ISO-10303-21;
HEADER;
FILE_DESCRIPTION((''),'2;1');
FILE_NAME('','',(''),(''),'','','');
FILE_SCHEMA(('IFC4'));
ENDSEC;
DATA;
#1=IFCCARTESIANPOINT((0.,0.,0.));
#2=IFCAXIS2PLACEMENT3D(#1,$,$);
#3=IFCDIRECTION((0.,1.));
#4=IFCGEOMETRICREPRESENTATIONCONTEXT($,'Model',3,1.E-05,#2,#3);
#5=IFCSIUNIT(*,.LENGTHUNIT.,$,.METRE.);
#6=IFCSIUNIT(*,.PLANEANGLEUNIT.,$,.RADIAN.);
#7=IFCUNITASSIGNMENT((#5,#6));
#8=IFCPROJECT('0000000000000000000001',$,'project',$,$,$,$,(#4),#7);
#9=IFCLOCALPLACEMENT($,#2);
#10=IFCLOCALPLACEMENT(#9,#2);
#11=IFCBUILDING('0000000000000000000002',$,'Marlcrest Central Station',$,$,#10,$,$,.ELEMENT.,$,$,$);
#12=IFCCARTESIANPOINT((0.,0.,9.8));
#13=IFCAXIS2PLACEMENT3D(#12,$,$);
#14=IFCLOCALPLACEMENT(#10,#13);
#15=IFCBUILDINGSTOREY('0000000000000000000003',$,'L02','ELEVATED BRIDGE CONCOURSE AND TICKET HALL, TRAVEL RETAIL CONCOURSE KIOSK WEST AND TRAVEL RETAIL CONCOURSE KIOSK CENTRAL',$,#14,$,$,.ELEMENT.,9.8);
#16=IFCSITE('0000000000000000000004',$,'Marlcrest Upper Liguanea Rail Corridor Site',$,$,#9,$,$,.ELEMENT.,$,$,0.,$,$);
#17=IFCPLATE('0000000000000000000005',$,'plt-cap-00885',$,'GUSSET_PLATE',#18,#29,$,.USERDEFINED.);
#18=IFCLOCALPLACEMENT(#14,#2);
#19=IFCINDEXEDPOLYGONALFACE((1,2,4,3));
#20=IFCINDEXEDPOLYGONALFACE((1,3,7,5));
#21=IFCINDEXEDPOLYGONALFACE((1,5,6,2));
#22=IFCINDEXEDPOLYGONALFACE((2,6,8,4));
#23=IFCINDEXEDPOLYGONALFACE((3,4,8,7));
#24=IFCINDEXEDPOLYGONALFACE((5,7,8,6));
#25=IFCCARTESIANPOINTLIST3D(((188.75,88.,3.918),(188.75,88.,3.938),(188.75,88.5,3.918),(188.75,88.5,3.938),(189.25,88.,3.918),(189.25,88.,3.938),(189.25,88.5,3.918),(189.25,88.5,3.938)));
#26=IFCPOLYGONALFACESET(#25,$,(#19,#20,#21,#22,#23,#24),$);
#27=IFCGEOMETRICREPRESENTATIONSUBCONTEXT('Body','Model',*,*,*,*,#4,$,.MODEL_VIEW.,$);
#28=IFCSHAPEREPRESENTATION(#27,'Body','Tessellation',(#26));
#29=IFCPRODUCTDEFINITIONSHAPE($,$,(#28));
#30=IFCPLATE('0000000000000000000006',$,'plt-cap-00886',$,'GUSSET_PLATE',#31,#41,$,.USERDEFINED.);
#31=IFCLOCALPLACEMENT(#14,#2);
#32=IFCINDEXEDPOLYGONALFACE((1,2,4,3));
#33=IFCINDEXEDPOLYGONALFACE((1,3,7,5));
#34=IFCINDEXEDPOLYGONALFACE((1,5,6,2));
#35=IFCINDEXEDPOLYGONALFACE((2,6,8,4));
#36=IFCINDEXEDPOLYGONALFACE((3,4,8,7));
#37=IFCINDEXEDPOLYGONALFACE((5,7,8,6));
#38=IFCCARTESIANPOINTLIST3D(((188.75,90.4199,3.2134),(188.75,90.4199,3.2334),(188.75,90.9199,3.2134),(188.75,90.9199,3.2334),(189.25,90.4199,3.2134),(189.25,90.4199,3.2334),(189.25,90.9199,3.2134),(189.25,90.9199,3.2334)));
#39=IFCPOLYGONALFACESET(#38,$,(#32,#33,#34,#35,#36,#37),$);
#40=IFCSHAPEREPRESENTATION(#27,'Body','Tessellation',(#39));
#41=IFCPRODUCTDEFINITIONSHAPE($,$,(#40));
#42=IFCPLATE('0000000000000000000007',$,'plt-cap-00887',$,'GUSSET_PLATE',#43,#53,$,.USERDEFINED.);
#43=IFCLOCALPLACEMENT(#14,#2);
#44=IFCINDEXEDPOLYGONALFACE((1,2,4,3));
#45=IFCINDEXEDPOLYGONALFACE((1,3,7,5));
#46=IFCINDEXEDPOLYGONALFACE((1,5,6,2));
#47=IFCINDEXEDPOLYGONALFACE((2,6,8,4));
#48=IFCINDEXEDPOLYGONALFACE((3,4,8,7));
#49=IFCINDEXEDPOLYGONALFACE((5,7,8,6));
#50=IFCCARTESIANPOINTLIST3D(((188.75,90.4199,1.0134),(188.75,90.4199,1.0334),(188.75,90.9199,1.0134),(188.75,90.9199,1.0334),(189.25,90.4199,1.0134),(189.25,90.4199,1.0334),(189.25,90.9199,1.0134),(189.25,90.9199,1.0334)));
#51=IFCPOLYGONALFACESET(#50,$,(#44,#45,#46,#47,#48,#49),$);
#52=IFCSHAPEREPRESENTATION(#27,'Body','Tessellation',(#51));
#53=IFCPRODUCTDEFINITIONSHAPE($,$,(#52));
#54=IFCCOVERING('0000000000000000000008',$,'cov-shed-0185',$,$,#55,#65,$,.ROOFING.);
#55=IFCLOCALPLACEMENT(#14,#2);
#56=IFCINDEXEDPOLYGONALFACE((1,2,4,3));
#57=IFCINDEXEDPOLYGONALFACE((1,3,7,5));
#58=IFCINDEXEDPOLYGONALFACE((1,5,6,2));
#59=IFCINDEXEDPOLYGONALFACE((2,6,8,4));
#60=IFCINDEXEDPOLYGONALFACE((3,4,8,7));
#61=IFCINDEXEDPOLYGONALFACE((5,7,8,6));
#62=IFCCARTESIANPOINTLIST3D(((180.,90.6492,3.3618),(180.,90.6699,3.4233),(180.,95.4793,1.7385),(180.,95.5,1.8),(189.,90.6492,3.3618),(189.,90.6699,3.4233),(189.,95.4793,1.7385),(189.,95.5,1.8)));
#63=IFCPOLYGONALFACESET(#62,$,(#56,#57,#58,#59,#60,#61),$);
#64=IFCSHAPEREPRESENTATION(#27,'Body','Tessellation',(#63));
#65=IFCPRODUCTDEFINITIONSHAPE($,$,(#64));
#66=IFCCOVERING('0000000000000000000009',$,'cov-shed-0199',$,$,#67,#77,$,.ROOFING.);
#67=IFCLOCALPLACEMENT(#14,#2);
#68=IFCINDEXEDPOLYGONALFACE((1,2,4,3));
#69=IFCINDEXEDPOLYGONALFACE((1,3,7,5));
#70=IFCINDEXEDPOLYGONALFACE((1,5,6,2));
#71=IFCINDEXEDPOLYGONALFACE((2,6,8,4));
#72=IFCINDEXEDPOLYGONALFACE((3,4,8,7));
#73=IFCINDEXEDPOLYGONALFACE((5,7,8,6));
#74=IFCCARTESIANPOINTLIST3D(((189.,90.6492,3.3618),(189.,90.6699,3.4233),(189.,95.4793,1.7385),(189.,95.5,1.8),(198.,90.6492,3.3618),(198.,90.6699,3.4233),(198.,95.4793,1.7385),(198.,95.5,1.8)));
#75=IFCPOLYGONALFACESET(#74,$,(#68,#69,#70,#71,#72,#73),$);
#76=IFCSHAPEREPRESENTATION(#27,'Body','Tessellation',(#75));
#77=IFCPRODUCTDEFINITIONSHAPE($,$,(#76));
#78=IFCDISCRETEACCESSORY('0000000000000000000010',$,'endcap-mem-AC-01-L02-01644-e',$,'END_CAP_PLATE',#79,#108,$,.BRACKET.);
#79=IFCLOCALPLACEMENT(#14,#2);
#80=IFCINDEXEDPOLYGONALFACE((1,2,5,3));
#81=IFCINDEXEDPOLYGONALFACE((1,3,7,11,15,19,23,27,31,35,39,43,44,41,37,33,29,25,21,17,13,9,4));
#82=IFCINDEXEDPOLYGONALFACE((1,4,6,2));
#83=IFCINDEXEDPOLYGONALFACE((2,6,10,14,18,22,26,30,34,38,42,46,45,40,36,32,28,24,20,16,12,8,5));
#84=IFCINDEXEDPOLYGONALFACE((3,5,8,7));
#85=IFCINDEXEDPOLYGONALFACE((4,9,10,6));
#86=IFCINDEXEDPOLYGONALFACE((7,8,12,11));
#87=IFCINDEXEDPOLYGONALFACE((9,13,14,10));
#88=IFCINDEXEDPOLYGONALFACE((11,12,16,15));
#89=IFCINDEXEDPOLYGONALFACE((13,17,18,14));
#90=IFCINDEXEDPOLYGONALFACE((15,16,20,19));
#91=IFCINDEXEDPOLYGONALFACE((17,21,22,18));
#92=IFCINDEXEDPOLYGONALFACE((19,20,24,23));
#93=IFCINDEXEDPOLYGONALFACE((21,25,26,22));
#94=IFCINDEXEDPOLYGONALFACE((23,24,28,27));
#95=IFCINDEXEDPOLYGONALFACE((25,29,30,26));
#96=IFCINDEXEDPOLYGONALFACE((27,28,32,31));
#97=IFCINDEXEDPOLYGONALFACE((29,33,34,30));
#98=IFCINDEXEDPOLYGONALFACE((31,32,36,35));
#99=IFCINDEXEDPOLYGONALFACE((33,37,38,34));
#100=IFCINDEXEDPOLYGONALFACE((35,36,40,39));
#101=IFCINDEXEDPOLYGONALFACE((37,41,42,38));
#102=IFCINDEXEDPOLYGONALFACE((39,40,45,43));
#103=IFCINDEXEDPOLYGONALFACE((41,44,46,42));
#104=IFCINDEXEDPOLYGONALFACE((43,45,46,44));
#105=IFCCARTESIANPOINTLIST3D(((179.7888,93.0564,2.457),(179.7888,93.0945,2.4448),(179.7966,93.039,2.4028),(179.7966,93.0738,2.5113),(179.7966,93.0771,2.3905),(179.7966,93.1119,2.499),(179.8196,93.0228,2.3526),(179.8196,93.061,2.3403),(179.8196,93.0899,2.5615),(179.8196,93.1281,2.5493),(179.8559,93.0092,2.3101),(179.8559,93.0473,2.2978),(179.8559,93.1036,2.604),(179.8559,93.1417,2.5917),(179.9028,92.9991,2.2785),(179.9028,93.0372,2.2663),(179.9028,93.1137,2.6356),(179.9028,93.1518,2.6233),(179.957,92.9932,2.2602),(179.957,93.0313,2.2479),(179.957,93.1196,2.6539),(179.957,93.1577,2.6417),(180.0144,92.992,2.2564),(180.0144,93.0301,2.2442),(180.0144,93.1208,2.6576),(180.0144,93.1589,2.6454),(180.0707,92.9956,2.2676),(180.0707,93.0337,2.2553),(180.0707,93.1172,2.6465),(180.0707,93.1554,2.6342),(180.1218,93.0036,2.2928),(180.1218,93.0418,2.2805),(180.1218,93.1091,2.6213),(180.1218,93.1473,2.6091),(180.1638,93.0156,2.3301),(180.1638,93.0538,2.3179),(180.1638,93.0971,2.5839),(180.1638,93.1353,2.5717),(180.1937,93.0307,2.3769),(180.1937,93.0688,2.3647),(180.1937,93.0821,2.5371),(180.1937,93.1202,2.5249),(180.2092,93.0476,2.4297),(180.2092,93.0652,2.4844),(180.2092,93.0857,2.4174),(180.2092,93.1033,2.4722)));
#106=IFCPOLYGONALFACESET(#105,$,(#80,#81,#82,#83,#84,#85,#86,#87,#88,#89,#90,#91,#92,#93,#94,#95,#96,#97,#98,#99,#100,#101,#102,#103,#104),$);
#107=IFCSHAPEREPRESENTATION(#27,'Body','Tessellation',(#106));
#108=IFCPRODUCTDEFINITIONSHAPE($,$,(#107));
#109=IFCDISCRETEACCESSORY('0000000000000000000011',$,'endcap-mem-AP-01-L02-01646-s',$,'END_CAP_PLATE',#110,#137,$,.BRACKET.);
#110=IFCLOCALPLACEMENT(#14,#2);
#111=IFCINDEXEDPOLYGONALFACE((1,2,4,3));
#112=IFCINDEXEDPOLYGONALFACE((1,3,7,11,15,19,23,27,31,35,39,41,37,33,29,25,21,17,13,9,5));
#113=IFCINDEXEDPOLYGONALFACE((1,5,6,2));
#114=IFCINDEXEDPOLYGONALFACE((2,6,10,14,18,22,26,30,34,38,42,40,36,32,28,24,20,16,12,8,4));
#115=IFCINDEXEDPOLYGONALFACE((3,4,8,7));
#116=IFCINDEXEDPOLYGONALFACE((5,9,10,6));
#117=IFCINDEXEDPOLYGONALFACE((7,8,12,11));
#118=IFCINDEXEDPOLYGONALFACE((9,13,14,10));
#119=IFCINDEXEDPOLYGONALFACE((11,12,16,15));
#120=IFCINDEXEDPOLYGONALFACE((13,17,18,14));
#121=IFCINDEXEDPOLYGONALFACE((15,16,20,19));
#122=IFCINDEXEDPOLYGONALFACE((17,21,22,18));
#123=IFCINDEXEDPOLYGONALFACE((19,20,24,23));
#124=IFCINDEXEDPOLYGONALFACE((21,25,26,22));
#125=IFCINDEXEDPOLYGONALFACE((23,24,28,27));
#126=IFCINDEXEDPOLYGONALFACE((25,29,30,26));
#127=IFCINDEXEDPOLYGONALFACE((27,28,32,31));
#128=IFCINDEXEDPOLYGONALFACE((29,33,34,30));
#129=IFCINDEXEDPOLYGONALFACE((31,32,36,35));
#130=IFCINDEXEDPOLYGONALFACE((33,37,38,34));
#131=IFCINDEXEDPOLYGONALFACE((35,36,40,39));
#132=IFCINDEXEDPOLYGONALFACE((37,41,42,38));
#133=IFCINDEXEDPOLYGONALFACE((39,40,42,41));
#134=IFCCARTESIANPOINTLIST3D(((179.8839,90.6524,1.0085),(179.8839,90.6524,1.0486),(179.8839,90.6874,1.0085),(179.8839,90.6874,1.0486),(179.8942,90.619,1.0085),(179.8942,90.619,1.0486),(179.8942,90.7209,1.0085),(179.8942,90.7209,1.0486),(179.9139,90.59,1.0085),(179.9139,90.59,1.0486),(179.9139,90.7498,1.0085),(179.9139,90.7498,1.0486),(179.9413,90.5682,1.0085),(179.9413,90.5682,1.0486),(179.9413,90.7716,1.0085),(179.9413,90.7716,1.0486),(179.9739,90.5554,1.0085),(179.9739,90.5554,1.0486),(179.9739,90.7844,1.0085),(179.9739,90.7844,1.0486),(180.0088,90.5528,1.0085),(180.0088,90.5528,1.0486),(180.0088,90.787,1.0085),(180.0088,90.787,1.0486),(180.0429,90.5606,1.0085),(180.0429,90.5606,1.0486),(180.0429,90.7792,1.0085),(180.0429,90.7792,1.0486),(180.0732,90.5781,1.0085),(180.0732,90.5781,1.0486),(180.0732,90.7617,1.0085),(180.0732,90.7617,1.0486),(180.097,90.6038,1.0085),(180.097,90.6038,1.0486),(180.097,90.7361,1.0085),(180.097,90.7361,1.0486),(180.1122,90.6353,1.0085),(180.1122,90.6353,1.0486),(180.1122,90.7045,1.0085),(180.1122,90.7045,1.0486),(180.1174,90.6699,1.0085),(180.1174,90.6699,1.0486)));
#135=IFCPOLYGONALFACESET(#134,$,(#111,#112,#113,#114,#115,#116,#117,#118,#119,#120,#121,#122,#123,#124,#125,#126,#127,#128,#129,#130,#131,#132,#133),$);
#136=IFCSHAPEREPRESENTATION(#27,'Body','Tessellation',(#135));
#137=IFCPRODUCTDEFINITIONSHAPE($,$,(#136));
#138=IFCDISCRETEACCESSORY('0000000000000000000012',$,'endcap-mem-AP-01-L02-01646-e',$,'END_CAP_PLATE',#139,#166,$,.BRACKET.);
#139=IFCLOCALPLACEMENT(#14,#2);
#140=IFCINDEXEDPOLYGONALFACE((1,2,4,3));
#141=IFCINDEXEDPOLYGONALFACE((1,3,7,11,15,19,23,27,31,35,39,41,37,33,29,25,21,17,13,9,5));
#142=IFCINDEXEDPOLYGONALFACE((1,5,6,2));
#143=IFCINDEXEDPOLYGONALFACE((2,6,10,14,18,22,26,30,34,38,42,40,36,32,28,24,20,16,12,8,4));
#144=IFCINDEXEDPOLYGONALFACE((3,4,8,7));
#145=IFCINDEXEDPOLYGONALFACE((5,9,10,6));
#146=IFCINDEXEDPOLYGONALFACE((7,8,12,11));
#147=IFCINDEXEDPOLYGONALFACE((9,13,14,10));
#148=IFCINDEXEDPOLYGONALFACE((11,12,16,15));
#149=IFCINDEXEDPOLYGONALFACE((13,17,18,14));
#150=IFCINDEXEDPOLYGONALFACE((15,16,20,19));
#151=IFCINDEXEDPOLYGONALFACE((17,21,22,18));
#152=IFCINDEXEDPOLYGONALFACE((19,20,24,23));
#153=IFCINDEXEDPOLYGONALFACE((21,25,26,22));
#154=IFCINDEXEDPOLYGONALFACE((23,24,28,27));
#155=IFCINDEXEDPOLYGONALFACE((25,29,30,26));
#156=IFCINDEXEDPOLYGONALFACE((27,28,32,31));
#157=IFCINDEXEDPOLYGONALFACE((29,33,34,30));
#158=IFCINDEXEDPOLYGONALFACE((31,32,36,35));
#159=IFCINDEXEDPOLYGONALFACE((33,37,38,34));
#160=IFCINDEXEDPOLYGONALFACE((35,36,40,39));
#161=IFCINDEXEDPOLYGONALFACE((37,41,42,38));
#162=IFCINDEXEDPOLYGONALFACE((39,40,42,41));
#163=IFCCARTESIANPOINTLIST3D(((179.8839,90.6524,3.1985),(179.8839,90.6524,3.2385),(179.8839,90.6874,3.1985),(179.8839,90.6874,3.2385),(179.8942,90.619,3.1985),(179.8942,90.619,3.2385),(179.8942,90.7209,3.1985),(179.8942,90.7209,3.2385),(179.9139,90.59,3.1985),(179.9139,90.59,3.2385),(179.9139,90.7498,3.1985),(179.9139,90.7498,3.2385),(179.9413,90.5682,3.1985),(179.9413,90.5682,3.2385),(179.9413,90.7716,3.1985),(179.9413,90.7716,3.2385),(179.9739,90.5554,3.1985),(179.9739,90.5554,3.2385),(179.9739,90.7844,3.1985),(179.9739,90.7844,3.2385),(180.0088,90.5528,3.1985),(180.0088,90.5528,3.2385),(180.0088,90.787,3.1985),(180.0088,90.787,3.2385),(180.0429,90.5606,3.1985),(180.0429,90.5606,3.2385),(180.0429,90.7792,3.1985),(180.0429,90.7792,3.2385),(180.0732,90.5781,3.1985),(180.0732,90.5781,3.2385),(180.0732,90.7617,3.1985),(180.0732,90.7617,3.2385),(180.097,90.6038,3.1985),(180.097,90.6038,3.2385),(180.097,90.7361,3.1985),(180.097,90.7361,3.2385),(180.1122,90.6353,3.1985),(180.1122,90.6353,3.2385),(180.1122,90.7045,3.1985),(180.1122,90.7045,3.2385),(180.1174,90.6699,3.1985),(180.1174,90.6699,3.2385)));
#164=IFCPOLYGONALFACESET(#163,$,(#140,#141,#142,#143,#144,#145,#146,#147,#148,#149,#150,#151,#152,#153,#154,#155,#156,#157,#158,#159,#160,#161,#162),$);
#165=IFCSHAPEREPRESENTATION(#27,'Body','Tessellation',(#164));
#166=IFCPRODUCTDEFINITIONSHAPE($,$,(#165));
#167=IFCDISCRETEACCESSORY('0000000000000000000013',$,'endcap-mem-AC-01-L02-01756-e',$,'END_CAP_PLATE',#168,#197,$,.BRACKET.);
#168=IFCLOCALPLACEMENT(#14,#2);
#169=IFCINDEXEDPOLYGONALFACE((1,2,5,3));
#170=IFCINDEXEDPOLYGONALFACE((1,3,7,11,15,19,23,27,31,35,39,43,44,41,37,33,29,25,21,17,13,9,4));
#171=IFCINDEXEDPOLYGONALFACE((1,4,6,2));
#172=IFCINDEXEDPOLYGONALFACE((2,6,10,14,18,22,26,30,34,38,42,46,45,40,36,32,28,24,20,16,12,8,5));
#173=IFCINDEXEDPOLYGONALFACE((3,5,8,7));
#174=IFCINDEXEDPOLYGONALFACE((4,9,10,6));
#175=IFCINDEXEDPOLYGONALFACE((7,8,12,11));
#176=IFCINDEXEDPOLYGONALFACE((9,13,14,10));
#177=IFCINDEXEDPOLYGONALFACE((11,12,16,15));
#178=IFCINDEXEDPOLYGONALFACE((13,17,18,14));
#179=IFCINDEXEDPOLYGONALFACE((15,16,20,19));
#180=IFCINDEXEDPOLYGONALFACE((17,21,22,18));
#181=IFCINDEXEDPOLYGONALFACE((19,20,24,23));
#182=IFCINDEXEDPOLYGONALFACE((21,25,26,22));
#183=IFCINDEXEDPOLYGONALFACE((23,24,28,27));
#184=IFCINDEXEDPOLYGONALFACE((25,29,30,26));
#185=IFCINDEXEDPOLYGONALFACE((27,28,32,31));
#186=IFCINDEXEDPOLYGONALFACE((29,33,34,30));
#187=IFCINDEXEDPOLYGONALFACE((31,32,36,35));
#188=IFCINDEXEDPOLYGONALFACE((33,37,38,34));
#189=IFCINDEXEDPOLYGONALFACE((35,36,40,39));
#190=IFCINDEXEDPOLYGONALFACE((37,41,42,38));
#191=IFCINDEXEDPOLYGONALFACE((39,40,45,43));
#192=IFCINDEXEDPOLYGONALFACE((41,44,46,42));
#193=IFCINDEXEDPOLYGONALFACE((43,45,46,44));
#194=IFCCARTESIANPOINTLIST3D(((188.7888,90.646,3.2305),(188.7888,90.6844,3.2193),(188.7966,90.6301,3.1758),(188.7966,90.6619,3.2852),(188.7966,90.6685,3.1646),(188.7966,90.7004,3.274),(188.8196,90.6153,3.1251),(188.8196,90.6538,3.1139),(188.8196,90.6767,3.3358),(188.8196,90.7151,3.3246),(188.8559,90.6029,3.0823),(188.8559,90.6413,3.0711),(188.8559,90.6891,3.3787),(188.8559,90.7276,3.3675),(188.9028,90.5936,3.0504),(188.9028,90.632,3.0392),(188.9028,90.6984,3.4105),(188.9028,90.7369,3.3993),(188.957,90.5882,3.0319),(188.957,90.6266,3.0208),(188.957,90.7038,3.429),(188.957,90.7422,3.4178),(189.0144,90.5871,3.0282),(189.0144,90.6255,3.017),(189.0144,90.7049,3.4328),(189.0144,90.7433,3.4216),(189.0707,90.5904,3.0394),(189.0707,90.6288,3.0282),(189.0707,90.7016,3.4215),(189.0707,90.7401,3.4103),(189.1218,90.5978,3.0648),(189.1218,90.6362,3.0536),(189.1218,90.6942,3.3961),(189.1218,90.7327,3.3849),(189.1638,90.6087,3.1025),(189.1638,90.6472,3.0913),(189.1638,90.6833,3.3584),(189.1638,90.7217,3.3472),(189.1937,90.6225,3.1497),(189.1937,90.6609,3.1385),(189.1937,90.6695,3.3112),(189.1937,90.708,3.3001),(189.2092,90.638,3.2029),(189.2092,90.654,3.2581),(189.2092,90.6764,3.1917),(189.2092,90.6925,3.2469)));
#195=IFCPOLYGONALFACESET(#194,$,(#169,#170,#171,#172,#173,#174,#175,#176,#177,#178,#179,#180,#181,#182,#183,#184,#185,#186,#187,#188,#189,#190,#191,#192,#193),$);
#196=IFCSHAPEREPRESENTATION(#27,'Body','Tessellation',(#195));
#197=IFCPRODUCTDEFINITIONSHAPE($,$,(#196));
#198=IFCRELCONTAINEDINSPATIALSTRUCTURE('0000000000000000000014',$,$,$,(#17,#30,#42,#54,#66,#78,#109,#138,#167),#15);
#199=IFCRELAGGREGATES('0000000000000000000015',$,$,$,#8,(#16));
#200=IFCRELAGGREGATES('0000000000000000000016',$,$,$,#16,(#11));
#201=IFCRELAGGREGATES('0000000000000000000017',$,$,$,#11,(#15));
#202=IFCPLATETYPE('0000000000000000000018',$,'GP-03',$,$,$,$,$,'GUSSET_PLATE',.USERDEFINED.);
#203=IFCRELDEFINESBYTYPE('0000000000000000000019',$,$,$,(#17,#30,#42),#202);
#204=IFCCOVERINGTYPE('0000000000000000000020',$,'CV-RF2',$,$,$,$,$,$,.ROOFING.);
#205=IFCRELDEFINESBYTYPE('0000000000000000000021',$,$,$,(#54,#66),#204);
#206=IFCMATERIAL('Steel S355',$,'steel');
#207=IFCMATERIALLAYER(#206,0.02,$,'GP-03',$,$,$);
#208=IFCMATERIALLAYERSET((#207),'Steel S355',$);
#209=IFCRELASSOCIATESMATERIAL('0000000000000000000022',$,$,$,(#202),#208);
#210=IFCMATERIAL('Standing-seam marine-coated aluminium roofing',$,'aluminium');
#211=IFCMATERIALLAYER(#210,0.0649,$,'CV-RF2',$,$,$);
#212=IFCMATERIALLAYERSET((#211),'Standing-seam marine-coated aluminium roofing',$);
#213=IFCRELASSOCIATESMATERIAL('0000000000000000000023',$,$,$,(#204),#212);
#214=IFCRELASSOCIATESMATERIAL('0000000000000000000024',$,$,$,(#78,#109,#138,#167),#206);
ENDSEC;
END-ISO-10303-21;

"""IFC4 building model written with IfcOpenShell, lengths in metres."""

from ifc_helpers import new_model, si_unit, direction, frame, origin, origin_2d, place, context, subcontext, project, spatial, polyline, rectangle, circle, outline, extrude, material, layer, layer_set, type_object, element, save


model = new_model("IFC4")

# Units and contexts
model_context = context("Model", 3, precision=1e-05, world=origin(), true_north=direction((0.0, 1.0)))
body_context = subcontext(model_context, "Body", "Model", "MODEL_VIEW")
ifc_project = project(units=[si_unit("LENGTHUNIT", "METRE"), si_unit("PLANEANGLEUNIT", "RADIAN")], contexts=[model_context])

# Site, building, storey
site_placement = place(None, origin())
site = spatial("IfcSite", under=ifc_project, at=site_placement, Name="Marlcrest Upper Liguanea Rail Corridor Site", CompositionType="ELEMENT", RefElevation=0.0)
building_placement = place(site_placement, origin())
building = spatial("IfcBuilding", under=site, at=building_placement, Name="Marlcrest Central Station", CompositionType="ELEMENT")
storey_placement = place(building_placement, frame((0.0, 0.0, 9.8)))
storey = spatial("IfcBuildingStorey", under=building, at=storey_placement, Name="L02", Description="ELEVATED BRIDGE CONCOURSE AND TICKET HALL, TRAVEL RETAIL CONCOURSE KIOSK WEST AND TRAVEL RETAIL CONCOURSE KIOSK CENTRAL", CompositionType="ELEMENT", Elevation=9.8)

# Shared definitions
ifc_material_1 = material(Name="Steel S355", Category="steel")

# Plates
ifc_layer_1 = layer(ifc_material_1, 0.02, Name="GP-03")
ifc_layer_set_1 = layer_set([ifc_layer_1], Name="Steel S355")
plate_type = type_object("IfcPlateType", Name="GP-03", ElementType="GUSSET_PLATE", PredefinedType="USERDEFINED", material=ifc_layer_set_1)
for number, where, z_axis, x_axis, name in (
    (1, (189.0, 88.25, 3.918), (0.0, 0.0, 1.0), (1.0, 0.0, 0.0), "plt-cap-00885"),
    (2, (189.0, 90.6699, 3.2134), (0.0, 0.0, 1.0), (1.0, 0.0, 0.0), "plt-cap-00886"),
    (3, (189.0, 90.6699, 1.0134), (0.0, 0.0, 1.0), (1.0, 0.0, 0.0), "plt-cap-00887"),
):
    element("IfcPlate", number, at=place(storey_placement, frame(where, z_axis=z_axis, x_axis=x_axis)), inside=storey, type_object=plate_type, Name=name, ObjectType="GUSSET_PLATE", PredefinedType="USERDEFINED", context=body_context, shape_type="SweptSolid", body=[
        extrude(rectangle(XDim=0.5, YDim=0.5, at=origin_2d()), origin(), (0.0, 0.0, 1.0), 0.02),
    ])

# Coverings
ifc_material_2 = material(Name="Standing-seam marine-coated aluminium roofing", Category="aluminium")
ifc_layer_2 = layer(ifc_material_2, 0.0649, Name="CV-RF2")
ifc_layer_set_2 = layer_set([ifc_layer_2], Name="Standing-seam marine-coated aluminium roofing")
covering_type = type_object("IfcCoveringType", Name="CV-RF2", PredefinedType="ROOFING", material=ifc_layer_set_2)
for number, where, z_axis, x_axis, name in (
    (4, (180.0, 90.6699, 3.4233), (0.0, 0.31857, 0.947899), (1.0, 0.0, 0.0), "cov-shed-0185"),
    (5, (189.0, 90.6699, 3.4233), (0.0, 0.31857, 0.947899), (1.0, 0.0, 0.0), "cov-shed-0199"),
):
    element("IfcCovering", number, at=place(storey_placement, frame(where, z_axis=z_axis, x_axis=x_axis)), inside=storey, type_object=covering_type, Name=name, PredefinedType="ROOFING", context=body_context, shape_type="SweptSolid", body=[
        extrude(outline(polyline([(0.0, 0.0), (9.0, 0.0), (9.0, 5.0956), (0.0, 5.0956), (0.0, 0.0)])), origin(), (0.0, 0.0, -1.0), 0.0649),
    ])

# Discrete accessories
discrete_accessory_1_placement = place(storey_placement, frame((180.0, 93.0564, 2.457), z_axis=(0.0, 0.952117, -0.305734), x_axis=(-1.0, 0.0, 0.0)))
element("IfcDiscreteAccessory", 6, at=discrete_accessory_1_placement, inside=storey, material=ifc_material_1, Name="endcap-mem-AC-01-L02-01644-e", ObjectType="END_CAP_PLATE", PredefinedType="BRACKET", context=body_context, shape_type="SweptSolid", body=[
    extrude(circle(Radius=0.2112, at=origin_2d()), origin(), (0.0, 0.0, 1.0), 0.04),
])
for number, where, z_axis, x_axis, name in (
    (7, (180.0, 90.6699, 1.0085), (0.0, 0.0, 1.0), (1.0, 0.0, 0.0), "endcap-mem-AP-01-L02-01646-s"),
    (8, (180.0, 90.6699, 3.1985), (0.0, 0.0, 1.0), (1.0, 0.0, 0.0), "endcap-mem-AP-01-L02-01646-e"),
):
    element("IfcDiscreteAccessory", number, at=place(storey_placement, frame(where, z_axis=z_axis, x_axis=x_axis)), inside=storey, material=ifc_material_1, Name=name, ObjectType="END_CAP_PLATE", PredefinedType="BRACKET", context=body_context, shape_type="SweptSolid", body=[
        extrude(circle(Radius=0.1174, at=origin_2d()), origin(), (0.0, 0.0, 1.0), 0.04),
    ])
discrete_accessory_2_placement = place(storey_placement, frame((189.0, 90.646, 3.2305), z_axis=(0.0, 0.96013, -0.279554), x_axis=(-1.0, 0.0, 0.0)))
element("IfcDiscreteAccessory", 9, at=discrete_accessory_2_placement, inside=storey, material=ifc_material_1, Name="endcap-mem-AC-01-L02-01756-e", ObjectType="END_CAP_PLATE", PredefinedType="BRACKET", context=body_context, shape_type="SweptSolid", body=[
    extrude(circle(Radius=0.2112, at=origin_2d()), origin(), (0.0, 0.0, 1.0), 0.04),
])

save(model, "model.ifc")
